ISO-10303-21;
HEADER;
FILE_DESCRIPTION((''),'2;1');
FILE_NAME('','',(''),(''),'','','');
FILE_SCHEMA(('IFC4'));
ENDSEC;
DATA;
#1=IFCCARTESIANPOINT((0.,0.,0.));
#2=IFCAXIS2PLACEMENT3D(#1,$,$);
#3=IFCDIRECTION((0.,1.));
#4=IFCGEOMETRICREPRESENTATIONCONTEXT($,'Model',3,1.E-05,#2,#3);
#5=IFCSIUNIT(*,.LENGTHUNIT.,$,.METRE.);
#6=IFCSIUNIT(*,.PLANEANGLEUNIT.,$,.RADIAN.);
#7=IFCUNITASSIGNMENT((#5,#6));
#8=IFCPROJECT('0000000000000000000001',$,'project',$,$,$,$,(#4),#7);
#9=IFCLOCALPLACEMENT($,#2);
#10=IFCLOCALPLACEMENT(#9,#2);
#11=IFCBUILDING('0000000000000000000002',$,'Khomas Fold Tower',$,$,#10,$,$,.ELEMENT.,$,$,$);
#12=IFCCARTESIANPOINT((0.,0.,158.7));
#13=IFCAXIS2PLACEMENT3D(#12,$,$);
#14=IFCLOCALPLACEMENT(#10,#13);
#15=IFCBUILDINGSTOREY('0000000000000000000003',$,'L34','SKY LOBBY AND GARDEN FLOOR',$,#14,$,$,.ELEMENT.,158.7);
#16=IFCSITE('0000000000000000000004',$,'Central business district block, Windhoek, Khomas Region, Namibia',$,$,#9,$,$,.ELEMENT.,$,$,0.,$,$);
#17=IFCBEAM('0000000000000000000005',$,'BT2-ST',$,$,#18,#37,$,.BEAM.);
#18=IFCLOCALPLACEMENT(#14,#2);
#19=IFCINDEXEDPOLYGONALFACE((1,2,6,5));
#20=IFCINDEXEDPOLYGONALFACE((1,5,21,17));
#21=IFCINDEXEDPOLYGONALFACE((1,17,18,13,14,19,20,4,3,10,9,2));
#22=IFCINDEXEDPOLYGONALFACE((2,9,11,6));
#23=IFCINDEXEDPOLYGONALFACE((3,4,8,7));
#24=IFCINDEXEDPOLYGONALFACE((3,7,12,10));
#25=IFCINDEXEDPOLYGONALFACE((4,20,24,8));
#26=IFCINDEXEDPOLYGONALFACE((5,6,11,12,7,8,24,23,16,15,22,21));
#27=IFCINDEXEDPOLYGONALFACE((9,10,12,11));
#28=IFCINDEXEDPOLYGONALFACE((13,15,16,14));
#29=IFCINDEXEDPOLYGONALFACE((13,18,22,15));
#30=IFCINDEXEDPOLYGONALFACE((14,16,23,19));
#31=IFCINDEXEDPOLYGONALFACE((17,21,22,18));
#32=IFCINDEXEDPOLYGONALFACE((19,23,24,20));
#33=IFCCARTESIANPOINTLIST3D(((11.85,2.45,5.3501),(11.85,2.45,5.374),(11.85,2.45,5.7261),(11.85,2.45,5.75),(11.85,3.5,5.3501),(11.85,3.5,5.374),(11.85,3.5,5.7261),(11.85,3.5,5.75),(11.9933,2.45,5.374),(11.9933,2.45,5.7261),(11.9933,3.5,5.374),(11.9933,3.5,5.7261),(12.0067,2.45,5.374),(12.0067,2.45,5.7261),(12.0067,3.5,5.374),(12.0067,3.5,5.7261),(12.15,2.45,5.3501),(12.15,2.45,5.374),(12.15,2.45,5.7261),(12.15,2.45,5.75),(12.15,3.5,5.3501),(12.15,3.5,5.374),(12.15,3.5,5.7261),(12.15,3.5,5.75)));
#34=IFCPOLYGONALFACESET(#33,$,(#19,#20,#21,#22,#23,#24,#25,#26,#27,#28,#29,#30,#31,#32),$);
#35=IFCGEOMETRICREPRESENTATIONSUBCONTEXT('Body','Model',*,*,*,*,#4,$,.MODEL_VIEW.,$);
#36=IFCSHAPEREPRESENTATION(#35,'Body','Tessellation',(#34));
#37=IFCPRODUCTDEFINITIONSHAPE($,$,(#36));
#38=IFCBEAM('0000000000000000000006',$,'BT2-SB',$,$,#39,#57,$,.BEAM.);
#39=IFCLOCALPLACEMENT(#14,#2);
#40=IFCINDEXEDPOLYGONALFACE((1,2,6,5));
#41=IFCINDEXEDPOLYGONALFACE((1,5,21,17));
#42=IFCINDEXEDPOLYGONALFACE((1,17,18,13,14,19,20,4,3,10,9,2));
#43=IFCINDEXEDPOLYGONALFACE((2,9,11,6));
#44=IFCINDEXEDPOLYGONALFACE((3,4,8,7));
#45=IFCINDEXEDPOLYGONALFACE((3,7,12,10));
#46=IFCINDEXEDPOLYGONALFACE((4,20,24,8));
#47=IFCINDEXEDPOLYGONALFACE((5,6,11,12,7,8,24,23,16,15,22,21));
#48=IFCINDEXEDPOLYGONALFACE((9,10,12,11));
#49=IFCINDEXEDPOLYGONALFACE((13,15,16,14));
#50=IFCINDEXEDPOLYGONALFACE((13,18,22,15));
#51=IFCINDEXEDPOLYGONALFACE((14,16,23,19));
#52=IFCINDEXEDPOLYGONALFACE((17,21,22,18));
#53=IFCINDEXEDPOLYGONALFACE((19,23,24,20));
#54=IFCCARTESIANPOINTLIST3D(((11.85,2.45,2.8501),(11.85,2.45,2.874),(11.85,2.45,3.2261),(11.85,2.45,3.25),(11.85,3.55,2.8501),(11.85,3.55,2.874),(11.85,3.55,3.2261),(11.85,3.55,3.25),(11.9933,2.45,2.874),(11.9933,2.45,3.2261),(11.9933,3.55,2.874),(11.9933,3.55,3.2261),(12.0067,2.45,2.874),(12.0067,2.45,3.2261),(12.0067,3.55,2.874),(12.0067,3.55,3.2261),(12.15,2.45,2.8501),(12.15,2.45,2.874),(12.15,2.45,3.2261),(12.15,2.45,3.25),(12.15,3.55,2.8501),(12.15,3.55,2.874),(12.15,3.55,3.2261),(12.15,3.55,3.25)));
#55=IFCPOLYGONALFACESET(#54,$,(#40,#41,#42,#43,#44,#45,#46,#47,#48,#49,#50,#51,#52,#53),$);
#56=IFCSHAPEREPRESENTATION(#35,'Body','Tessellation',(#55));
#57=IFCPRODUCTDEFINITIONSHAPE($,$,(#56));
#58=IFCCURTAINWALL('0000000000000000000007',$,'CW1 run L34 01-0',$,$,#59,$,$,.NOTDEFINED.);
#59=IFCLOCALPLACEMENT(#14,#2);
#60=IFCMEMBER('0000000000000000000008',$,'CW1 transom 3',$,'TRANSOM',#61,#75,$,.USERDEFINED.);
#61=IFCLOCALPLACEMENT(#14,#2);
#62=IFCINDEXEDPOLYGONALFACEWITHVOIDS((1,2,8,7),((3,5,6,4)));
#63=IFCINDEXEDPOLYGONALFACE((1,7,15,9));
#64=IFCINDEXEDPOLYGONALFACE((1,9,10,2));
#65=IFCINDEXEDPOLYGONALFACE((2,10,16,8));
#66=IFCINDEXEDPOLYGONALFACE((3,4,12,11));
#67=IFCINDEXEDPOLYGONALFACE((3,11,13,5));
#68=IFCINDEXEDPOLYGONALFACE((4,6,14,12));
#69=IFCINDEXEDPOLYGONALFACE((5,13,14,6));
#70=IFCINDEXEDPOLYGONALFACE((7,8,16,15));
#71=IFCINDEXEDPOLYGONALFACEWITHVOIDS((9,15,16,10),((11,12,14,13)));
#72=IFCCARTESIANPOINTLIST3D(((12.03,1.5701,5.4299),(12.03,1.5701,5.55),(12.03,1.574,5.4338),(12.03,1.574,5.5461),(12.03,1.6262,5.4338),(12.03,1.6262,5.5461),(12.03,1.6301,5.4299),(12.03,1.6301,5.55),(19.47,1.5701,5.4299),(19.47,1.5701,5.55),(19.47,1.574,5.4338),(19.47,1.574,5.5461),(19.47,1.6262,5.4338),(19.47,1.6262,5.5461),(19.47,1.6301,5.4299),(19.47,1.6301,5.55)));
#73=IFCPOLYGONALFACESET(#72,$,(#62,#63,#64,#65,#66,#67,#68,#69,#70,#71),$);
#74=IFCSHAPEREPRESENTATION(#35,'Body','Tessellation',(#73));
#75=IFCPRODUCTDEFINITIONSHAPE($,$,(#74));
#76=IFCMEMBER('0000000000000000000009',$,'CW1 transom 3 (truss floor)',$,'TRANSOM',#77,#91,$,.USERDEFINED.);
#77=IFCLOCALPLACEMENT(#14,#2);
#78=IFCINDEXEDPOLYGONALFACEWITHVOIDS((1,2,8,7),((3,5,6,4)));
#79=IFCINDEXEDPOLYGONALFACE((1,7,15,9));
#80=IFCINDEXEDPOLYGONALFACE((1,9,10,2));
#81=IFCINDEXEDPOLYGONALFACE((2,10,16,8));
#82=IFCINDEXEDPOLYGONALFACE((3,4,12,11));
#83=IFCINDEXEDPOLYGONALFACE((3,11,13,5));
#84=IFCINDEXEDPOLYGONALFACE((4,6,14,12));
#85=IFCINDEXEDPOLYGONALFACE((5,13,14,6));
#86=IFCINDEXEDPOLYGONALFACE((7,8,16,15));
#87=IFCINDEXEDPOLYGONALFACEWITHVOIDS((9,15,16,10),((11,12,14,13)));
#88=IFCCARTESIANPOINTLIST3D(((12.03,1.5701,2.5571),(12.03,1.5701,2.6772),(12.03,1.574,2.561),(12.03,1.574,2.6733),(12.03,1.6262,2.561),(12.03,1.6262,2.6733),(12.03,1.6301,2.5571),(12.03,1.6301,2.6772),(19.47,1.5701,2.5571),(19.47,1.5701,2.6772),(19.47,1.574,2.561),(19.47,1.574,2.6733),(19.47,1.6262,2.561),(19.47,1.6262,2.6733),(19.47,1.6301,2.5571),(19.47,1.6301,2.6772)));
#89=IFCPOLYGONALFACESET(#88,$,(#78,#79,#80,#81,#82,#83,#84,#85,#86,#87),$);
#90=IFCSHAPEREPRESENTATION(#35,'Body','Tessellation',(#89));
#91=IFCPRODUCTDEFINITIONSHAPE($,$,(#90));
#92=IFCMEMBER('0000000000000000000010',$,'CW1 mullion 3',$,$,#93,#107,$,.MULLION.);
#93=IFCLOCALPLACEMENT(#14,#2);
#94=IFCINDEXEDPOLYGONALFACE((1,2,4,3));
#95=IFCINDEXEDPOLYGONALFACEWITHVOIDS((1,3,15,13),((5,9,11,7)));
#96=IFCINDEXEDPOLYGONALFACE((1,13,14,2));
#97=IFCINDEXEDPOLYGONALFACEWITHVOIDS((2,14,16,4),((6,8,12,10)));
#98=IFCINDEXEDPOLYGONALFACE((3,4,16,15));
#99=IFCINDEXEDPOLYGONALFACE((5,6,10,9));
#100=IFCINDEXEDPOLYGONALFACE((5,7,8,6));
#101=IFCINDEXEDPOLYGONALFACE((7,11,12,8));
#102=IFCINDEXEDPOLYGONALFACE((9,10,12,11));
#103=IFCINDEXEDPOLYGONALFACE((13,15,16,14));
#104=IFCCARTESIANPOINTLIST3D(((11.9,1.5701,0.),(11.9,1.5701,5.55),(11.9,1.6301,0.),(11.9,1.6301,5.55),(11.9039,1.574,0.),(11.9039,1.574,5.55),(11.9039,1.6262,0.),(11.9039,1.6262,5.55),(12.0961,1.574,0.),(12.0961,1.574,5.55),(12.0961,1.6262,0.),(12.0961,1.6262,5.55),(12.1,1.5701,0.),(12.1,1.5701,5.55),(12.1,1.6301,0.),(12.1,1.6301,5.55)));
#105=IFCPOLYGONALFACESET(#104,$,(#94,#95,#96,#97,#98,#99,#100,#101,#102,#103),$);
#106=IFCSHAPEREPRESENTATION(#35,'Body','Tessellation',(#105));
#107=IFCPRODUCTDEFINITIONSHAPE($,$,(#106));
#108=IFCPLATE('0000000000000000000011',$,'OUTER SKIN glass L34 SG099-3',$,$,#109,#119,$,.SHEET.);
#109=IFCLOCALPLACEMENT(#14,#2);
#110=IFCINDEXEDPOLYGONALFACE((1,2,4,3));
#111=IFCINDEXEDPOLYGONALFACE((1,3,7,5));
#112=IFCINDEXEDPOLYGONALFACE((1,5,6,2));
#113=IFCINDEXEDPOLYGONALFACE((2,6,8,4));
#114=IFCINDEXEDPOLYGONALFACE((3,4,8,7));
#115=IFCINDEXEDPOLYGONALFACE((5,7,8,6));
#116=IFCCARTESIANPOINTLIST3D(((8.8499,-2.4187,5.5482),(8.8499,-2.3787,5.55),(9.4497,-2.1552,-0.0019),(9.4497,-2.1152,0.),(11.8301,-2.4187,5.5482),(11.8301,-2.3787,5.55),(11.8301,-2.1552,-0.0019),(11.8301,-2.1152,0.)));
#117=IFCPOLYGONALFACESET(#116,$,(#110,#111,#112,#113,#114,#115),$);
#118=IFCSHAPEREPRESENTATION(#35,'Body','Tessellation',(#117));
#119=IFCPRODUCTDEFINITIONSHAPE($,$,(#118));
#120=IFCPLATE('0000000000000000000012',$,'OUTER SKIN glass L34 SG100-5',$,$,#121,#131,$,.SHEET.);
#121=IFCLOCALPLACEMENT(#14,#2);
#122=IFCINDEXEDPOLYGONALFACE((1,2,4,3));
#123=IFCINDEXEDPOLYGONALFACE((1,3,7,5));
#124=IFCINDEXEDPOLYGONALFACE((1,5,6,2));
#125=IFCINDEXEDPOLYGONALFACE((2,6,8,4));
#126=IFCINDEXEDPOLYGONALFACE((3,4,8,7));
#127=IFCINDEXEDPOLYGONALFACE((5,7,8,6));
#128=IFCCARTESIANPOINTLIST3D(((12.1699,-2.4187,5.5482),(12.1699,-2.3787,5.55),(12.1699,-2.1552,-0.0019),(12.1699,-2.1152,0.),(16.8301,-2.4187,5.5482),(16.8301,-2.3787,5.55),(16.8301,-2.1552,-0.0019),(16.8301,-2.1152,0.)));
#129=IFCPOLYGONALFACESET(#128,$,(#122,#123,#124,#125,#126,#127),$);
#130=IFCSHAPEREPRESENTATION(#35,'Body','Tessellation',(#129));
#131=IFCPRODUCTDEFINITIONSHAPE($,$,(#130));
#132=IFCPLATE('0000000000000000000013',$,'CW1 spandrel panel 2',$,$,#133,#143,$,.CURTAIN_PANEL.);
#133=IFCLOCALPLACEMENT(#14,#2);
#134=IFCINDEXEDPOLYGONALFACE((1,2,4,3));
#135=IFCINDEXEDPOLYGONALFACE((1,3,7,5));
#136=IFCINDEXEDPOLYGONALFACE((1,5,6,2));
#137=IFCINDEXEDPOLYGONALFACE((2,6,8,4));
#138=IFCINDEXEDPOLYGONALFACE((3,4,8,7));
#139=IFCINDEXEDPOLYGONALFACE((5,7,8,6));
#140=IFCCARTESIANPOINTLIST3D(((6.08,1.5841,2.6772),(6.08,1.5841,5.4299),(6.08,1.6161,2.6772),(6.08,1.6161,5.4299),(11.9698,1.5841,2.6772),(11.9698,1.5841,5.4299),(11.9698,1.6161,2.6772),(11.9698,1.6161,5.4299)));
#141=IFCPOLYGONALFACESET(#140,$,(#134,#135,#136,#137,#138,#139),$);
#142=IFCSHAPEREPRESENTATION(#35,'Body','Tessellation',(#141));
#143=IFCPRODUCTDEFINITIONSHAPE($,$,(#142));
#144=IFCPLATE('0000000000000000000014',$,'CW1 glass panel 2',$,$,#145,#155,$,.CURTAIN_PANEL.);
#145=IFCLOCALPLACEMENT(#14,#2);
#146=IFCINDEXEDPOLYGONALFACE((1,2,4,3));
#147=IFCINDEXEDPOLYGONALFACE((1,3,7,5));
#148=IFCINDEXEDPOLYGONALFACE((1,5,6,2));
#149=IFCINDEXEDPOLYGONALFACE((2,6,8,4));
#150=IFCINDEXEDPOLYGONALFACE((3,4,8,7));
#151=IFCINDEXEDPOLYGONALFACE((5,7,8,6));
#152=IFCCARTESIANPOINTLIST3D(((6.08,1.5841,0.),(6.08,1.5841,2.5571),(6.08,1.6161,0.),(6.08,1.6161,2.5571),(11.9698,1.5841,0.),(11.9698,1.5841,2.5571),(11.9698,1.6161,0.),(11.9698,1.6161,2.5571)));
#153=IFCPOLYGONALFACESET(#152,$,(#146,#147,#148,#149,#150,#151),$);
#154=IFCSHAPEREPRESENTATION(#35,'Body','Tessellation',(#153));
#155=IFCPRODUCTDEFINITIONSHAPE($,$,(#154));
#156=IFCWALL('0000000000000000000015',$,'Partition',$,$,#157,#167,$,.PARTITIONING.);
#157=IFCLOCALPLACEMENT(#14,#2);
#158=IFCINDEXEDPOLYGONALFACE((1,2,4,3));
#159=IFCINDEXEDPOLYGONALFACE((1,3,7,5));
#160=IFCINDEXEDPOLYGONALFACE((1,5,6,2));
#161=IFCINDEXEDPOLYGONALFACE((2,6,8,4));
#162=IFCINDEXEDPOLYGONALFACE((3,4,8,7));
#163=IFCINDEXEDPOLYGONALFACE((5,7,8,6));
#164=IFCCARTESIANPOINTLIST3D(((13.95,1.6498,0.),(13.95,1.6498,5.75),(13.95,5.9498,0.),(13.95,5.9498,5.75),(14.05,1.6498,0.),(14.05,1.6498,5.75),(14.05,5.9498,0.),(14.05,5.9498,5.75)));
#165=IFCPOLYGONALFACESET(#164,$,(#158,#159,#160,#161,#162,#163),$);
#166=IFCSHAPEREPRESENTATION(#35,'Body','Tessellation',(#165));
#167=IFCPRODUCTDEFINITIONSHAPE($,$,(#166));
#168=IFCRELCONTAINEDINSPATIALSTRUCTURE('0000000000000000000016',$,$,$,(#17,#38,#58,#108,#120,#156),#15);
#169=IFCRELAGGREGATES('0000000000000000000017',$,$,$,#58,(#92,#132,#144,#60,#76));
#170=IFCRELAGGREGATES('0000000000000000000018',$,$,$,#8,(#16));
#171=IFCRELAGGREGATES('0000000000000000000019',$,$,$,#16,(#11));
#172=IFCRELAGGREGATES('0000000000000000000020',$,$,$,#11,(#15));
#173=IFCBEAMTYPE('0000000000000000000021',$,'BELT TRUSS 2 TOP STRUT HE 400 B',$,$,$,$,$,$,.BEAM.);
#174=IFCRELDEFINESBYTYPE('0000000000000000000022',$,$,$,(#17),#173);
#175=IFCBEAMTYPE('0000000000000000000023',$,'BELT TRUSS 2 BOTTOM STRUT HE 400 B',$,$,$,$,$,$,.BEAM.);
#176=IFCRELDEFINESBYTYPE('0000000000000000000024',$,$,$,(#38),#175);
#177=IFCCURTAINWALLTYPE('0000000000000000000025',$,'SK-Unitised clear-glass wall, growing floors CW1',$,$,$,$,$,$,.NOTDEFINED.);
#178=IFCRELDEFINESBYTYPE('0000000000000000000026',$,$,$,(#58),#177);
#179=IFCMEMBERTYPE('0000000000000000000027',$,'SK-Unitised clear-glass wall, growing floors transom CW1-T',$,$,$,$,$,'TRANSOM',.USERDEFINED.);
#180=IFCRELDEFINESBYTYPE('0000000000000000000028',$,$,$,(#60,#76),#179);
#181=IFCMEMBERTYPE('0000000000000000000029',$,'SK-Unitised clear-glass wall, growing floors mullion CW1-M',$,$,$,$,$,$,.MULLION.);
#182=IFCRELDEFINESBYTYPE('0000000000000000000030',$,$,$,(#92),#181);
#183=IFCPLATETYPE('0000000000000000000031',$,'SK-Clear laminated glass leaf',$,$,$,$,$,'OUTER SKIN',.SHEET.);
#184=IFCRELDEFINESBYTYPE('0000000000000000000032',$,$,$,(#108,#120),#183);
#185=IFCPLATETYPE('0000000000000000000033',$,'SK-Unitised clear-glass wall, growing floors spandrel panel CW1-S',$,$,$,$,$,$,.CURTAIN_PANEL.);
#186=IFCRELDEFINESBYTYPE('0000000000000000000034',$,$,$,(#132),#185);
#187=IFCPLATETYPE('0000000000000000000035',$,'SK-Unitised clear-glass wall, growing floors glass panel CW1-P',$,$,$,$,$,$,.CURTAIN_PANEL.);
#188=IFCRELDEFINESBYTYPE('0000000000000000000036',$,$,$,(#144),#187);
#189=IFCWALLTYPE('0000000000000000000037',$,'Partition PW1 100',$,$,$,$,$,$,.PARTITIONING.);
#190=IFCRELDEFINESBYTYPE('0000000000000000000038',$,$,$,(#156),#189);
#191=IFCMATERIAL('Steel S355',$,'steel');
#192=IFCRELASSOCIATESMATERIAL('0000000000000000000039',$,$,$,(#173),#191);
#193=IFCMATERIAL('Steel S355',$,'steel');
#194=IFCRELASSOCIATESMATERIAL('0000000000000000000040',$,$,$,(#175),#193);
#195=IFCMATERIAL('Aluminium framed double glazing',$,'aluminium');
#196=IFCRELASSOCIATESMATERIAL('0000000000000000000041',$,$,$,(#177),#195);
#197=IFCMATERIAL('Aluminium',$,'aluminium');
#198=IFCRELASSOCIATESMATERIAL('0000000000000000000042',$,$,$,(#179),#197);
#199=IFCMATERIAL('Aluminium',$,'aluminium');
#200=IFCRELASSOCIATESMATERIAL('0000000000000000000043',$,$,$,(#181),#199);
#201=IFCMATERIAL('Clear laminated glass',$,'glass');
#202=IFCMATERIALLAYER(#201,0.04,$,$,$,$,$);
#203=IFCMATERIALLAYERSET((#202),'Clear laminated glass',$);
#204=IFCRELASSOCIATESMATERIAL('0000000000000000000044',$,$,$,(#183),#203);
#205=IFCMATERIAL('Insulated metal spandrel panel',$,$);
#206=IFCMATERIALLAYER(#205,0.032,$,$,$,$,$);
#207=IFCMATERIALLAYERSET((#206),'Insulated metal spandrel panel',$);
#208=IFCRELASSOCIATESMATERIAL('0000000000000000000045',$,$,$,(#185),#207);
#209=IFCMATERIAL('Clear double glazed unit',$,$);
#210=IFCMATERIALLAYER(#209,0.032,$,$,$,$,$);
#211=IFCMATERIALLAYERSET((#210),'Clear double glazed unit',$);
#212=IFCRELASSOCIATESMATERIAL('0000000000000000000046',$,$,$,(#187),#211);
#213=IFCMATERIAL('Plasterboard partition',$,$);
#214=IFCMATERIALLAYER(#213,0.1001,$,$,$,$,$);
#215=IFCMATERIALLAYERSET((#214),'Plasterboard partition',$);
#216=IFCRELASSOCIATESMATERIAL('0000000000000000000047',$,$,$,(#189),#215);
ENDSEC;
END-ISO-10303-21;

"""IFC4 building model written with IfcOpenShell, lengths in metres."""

from ifc_helpers import new_model, si_unit, direction, frame, frame_2d, origin, origin_2d, place, context, subcontext, project, spatial, polyline, rectangle, hollow_rectangle, i_section, outline, extrude, source, transform, mapped, material, layer, layer_set, material_profile, profile_set, type_object, element, aggregate, save


model = new_model("IFC4")

# Units and contexts
model_context = context("Model", 3, precision=1e-05, world=origin(), true_north=direction((0.0, 1.0)))
body_context = subcontext(model_context, "Body", "Model", "MODEL_VIEW")
ifc_project = project(units=[si_unit("LENGTHUNIT", "METRE"), si_unit("PLANEANGLEUNIT", "RADIAN")], contexts=[model_context])

# Site, building, storey
site_placement = place(None, origin())
site = spatial("IfcSite", under=ifc_project, at=site_placement, Name="Central business district block, Windhoek, Khomas Region, Namibia", CompositionType="ELEMENT", RefElevation=0.0)
building_placement = place(site_placement, origin())
building = spatial("IfcBuilding", under=site, at=building_placement, Name="Khomas Fold Tower", CompositionType="ELEMENT")
storey_placement = place(building_placement, frame((0.0, 0.0, 158.7)))
storey = spatial("IfcBuildingStorey", under=building, at=storey_placement, Name="L34", Description="SKY LOBBY AND GARDEN FLOOR", CompositionType="ELEMENT", Elevation=158.7)

# Beams
ifc_material_1 = material(Name="Steel S355", Category="steel")
ifc_material_profile_1 = material_profile(ifc_material_1, i_section(OverallWidth=0.3, OverallDepth=0.3999, WebThickness=0.0134, FlangeThickness=0.0239, at=origin_2d()), Name="HE 400 B")
ifc_profile_set_1 = profile_set([ifc_material_profile_1], Name="Steel S355")
beam_type_1 = type_object("IfcBeamType", Name="BELT TRUSS 2 TOP STRUT HE 400 B", PredefinedType="BEAM", material=ifc_profile_set_1)
shared_shape_1 = source(origin(), body_context, "Body", "SweptSolid", [
    extrude(i_section(OverallWidth=0.3, OverallDepth=0.3999, WebThickness=0.0134, FlangeThickness=0.0239, at=origin_2d()), origin(), (0.0, 0.0, 1.0), 1.05),
])
beam_1_placement = place(storey_placement, frame((12.0, 3.5, 5.55), z_axis=(0.0, -1.0, 0.0), x_axis=(1.0, 0.0, 0.0)))
element("IfcBeam", 1, at=beam_1_placement, inside=storey, type_object=beam_type_1, Name="BT2-ST", PredefinedType="BEAM", context=body_context, shape_type="MappedRepresentation", body=[
    mapped(shared_shape_1, transform((0.0, 0.0, 0.0))),
])
ifc_material_2 = material(Name="Steel S355", Category="steel")
ifc_material_profile_2 = material_profile(ifc_material_2, i_section(OverallWidth=0.3, OverallDepth=0.3999, WebThickness=0.0134, FlangeThickness=0.0239, at=origin_2d()), Name="HE 400 B")
ifc_profile_set_2 = profile_set([ifc_material_profile_2], Name="Steel S355")
beam_type_2 = type_object("IfcBeamType", Name="BELT TRUSS 2 BOTTOM STRUT HE 400 B", PredefinedType="BEAM", material=ifc_profile_set_2)
shared_shape_2 = source(origin(), body_context, "Body", "SweptSolid", [
    extrude(i_section(OverallWidth=0.3, OverallDepth=0.3999, WebThickness=0.0134, FlangeThickness=0.0239, at=origin_2d()), origin(), (0.0, 0.0, 1.0), 1.1001),
])
beam_2_placement = place(storey_placement, frame((12.0, 3.55, 3.05), z_axis=(0.0, -1.0, 0.0), x_axis=(1.0, 0.0, 0.0)))
element("IfcBeam", 2, at=beam_2_placement, inside=storey, type_object=beam_type_2, Name="BT2-SB", PredefinedType="BEAM", context=body_context, shape_type="MappedRepresentation", body=[
    mapped(shared_shape_2, transform((0.0, 0.0, 0.0))),
])

# Curtain wall, members
ifc_material_3 = material(Name="Aluminium framed double glazing", Category="aluminium")
curtain_wall_type = type_object("IfcCurtainWallType", Name="SK-Unitised clear-glass wall, growing floors CW1", PredefinedType="NOTDEFINED", material=ifc_material_3)
curtain_wall_placement = place(storey_placement, origin())
curtain_wall = element("IfcCurtainWall", 3, at=curtain_wall_placement, inside=storey, type_object=curtain_wall_type, Name="CW1 run L34 01-0", PredefinedType="NOTDEFINED")
ifc_material_4 = material(Name="Aluminium", Category="aluminium")
ifc_material_profile_3 = material_profile(ifc_material_4, hollow_rectangle(XDim=0.0601, YDim=0.1201, WallThickness=0.0039, at=origin_2d()), Name="SK-Unitised clear-glass wall, growing floors transom CW1-T")
ifc_profile_set_3 = profile_set([ifc_material_profile_3], Name="Aluminium")
member_type_1 = type_object("IfcMemberType", Name="SK-Unitised clear-glass wall, growing floors transom CW1-T", ElementType="TRANSOM", PredefinedType="USERDEFINED", material=ifc_profile_set_3)
shared_shape_3 = source(origin(), body_context, "Body", "SweptSolid", [
    extrude(hollow_rectangle(XDim=0.0601, YDim=0.1201, WallThickness=0.0039, at=origin_2d()), origin(), (0.0, 0.0, 1.0), 7.4399),
])
member_1_placement = place(storey_placement, frame((12.03, 1.6001, 5.49), z_axis=(1.0, 0.0, 0.0), x_axis=(0.0, 1.0, 0.0)))
member_1 = element("IfcMember", 4, at=member_1_placement, type_object=member_type_1, Name="CW1 transom 3", ObjectType="TRANSOM", PredefinedType="USERDEFINED", context=body_context, shape_type="MappedRepresentation", body=[
    mapped(shared_shape_3, transform((0.0, 0.0, 0.0))),
])
member_2_placement = place(storey_placement, frame((12.03, 1.6001, 2.6172), z_axis=(1.0, 0.0, 0.0), x_axis=(0.0, 1.0, 0.0)))
member_2 = element("IfcMember", 5, at=member_2_placement, type_object=member_type_1, Name="CW1 transom 3 (truss floor)", ObjectType="TRANSOM", PredefinedType="USERDEFINED", context=body_context, shape_type="MappedRepresentation", body=[
    mapped(shared_shape_3, transform((0.0, 0.0, 0.0))),
])
ifc_material_5 = material(Name="Aluminium", Category="aluminium")
ifc_material_profile_4 = material_profile(ifc_material_5, hollow_rectangle(XDim=0.0601, YDim=0.2, WallThickness=0.0039, at=origin_2d()), Name="SK-Unitised clear-glass wall, growing floors mullion CW1-M")
ifc_profile_set_4 = profile_set([ifc_material_profile_4], Name="Aluminium")
member_type_2 = type_object("IfcMemberType", Name="SK-Unitised clear-glass wall, growing floors mullion CW1-M", PredefinedType="MULLION", material=ifc_profile_set_4)
shared_shape_4 = source(origin(), body_context, "Body", "SweptSolid", [
    extrude(hollow_rectangle(XDim=0.0601, YDim=0.2, WallThickness=0.0039, at=origin_2d()), origin(), (0.0, 0.0, 1.0), 5.55),
])
member_3_placement = place(storey_placement, frame((12.0, 1.6001, 0.0), z_axis=(0.0, 0.0, 1.0), x_axis=(0.0, 1.0, 0.0)))
member_3 = element("IfcMember", 6, at=member_3_placement, type_object=member_type_2, Name="CW1 mullion 3", PredefinedType="MULLION", context=body_context, shape_type="MappedRepresentation", body=[
    mapped(shared_shape_4, transform((0.0, 0.0, 0.0))),
])

# Plates
ifc_material_6 = material(Name="Clear laminated glass", Category="glass")
ifc_layer_1 = layer(ifc_material_6, 0.04)
ifc_layer_set_1 = layer_set([ifc_layer_1], Name="Clear laminated glass")
plate_type_1 = type_object("IfcPlateType", Name="SK-Clear laminated glass leaf", ElementType="OUTER SKIN", PredefinedType="SHEET", material=ifc_layer_set_1)
plate_1_placement = place(storey_placement, frame((9.4497, -2.1152, 0.0), z_axis=(0.0, 0.998875, 0.047411), x_axis=(-0.107336, -0.047137, 0.993105)))
element("IfcPlate", 7, at=plate_1_placement, inside=storey, type_object=plate_type_1, Name="OUTER SKIN glass L34 SG099-3", PredefinedType="SHEET", context=body_context, shape_type="SweptSolid", body=[
    extrude(outline(polyline([(0.0, 0.0), (5.5886, 0.0), (5.2687, 2.963), (-0.2555, 2.3666), (0.0, 0.0)])), origin(), (0.0, 0.0, -1.0), 0.04),
])
plate_2_placement = place(storey_placement, frame((12.1699, -2.1152, 0.0), z_axis=(0.0, 0.998875, 0.047411), x_axis=(0.0, -0.047411, 0.998875)))
element("IfcPlate", 8, at=plate_2_placement, inside=storey, type_object=plate_type_1, Name="OUTER SKIN glass L34 SG100-5", PredefinedType="SHEET", context=body_context, shape_type="SweptSolid", body=[
    extrude(outline(polyline([(0.0, 0.0), (5.5563, 0.0), (5.5563, 4.6602), (0.0, 4.6602), (0.0, 0.0)])), origin(), (0.0, 0.0, -1.0), 0.04),
])

# Plates
ifc_material_7 = material(Name="Insulated metal spandrel panel")
ifc_layer_2 = layer(ifc_material_7, 0.032)
ifc_layer_set_2 = layer_set([ifc_layer_2], Name="Insulated metal spandrel panel")
plate_type_2 = type_object("IfcPlateType", Name="SK-Unitised clear-glass wall, growing floors spandrel panel CW1-S", PredefinedType="CURTAIN_PANEL", material=ifc_layer_set_2)
shared_shape_5 = source(origin(), body_context, "Body", "SweptSolid", [
    extrude(rectangle(XDim=5.8899, YDim=0.032, at=origin_2d()), origin(), (0.0, 0.0, 1.0), 2.7527),
])
plate_3_placement = place(storey_placement, frame((9.0249, 1.6001, 2.6772), z_axis=(0.0, 0.0, 1.0), x_axis=(1.0, 0.0, 0.0)))
plate_3 = element("IfcPlate", 9, at=plate_3_placement, type_object=plate_type_2, Name="CW1 spandrel panel 2", PredefinedType="CURTAIN_PANEL", context=body_context, shape_type="MappedRepresentation", body=[
    mapped(shared_shape_5, transform((0.0, 0.0, 0.0))),
])
ifc_material_8 = material(Name="Clear double glazed unit")
ifc_layer_3 = layer(ifc_material_8, 0.032)
ifc_layer_set_3 = layer_set([ifc_layer_3], Name="Clear double glazed unit")
plate_type_3 = type_object("IfcPlateType", Name="SK-Unitised clear-glass wall, growing floors glass panel CW1-P", PredefinedType="CURTAIN_PANEL", material=ifc_layer_set_3)
shared_shape_6 = source(origin(), body_context, "Body", "SweptSolid", [
    extrude(rectangle(XDim=5.8899, YDim=0.032, at=origin_2d()), origin(), (0.0, 0.0, 1.0), 2.5571),
])
plate_4_placement = place(storey_placement, frame((9.0249, 1.6001, 0.0), z_axis=(0.0, 0.0, 1.0), x_axis=(1.0, 0.0, 0.0)))
plate_4 = element("IfcPlate", 10, at=plate_4_placement, type_object=plate_type_3, Name="CW1 glass panel 2", PredefinedType="CURTAIN_PANEL", context=body_context, shape_type="MappedRepresentation", body=[
    mapped(shared_shape_6, transform((0.0, 0.0, 0.0))),
])
aggregate(curtain_wall, [member_3, plate_3, plate_4, member_1, member_2])

# Wall
ifc_material_9 = material(Name="Plasterboard partition")
ifc_layer_4 = layer(ifc_material_9, 0.1001)
ifc_layer_set_4 = layer_set([ifc_layer_4], Name="Plasterboard partition")
wall_type = type_object("IfcWallType", Name="Partition PW1 100", PredefinedType="PARTITIONING", material=ifc_layer_set_4)
shared_shape_7 = source(origin(), body_context, "Body", "SweptSolid", [
    extrude(rectangle(XDim=4.3, YDim=0.1001, at=frame_2d((2.1499, 0.0))), origin(), (0.0, 0.0, 1.0), 5.75),
])
wall_placement = place(storey_placement, frame((14.0, 1.6499, 0.0), z_axis=(0.0, 0.0, 1.0), x_axis=(0.0, 1.0, 0.0)))
element("IfcWall", 11, at=wall_placement, inside=storey, type_object=wall_type, Name="Partition", PredefinedType="PARTITIONING", context=body_context, shape_type="MappedRepresentation", body=[
    mapped(shared_shape_7, transform((0.0, 0.0, 0.0))),
])

save(model, "model.ifc")
